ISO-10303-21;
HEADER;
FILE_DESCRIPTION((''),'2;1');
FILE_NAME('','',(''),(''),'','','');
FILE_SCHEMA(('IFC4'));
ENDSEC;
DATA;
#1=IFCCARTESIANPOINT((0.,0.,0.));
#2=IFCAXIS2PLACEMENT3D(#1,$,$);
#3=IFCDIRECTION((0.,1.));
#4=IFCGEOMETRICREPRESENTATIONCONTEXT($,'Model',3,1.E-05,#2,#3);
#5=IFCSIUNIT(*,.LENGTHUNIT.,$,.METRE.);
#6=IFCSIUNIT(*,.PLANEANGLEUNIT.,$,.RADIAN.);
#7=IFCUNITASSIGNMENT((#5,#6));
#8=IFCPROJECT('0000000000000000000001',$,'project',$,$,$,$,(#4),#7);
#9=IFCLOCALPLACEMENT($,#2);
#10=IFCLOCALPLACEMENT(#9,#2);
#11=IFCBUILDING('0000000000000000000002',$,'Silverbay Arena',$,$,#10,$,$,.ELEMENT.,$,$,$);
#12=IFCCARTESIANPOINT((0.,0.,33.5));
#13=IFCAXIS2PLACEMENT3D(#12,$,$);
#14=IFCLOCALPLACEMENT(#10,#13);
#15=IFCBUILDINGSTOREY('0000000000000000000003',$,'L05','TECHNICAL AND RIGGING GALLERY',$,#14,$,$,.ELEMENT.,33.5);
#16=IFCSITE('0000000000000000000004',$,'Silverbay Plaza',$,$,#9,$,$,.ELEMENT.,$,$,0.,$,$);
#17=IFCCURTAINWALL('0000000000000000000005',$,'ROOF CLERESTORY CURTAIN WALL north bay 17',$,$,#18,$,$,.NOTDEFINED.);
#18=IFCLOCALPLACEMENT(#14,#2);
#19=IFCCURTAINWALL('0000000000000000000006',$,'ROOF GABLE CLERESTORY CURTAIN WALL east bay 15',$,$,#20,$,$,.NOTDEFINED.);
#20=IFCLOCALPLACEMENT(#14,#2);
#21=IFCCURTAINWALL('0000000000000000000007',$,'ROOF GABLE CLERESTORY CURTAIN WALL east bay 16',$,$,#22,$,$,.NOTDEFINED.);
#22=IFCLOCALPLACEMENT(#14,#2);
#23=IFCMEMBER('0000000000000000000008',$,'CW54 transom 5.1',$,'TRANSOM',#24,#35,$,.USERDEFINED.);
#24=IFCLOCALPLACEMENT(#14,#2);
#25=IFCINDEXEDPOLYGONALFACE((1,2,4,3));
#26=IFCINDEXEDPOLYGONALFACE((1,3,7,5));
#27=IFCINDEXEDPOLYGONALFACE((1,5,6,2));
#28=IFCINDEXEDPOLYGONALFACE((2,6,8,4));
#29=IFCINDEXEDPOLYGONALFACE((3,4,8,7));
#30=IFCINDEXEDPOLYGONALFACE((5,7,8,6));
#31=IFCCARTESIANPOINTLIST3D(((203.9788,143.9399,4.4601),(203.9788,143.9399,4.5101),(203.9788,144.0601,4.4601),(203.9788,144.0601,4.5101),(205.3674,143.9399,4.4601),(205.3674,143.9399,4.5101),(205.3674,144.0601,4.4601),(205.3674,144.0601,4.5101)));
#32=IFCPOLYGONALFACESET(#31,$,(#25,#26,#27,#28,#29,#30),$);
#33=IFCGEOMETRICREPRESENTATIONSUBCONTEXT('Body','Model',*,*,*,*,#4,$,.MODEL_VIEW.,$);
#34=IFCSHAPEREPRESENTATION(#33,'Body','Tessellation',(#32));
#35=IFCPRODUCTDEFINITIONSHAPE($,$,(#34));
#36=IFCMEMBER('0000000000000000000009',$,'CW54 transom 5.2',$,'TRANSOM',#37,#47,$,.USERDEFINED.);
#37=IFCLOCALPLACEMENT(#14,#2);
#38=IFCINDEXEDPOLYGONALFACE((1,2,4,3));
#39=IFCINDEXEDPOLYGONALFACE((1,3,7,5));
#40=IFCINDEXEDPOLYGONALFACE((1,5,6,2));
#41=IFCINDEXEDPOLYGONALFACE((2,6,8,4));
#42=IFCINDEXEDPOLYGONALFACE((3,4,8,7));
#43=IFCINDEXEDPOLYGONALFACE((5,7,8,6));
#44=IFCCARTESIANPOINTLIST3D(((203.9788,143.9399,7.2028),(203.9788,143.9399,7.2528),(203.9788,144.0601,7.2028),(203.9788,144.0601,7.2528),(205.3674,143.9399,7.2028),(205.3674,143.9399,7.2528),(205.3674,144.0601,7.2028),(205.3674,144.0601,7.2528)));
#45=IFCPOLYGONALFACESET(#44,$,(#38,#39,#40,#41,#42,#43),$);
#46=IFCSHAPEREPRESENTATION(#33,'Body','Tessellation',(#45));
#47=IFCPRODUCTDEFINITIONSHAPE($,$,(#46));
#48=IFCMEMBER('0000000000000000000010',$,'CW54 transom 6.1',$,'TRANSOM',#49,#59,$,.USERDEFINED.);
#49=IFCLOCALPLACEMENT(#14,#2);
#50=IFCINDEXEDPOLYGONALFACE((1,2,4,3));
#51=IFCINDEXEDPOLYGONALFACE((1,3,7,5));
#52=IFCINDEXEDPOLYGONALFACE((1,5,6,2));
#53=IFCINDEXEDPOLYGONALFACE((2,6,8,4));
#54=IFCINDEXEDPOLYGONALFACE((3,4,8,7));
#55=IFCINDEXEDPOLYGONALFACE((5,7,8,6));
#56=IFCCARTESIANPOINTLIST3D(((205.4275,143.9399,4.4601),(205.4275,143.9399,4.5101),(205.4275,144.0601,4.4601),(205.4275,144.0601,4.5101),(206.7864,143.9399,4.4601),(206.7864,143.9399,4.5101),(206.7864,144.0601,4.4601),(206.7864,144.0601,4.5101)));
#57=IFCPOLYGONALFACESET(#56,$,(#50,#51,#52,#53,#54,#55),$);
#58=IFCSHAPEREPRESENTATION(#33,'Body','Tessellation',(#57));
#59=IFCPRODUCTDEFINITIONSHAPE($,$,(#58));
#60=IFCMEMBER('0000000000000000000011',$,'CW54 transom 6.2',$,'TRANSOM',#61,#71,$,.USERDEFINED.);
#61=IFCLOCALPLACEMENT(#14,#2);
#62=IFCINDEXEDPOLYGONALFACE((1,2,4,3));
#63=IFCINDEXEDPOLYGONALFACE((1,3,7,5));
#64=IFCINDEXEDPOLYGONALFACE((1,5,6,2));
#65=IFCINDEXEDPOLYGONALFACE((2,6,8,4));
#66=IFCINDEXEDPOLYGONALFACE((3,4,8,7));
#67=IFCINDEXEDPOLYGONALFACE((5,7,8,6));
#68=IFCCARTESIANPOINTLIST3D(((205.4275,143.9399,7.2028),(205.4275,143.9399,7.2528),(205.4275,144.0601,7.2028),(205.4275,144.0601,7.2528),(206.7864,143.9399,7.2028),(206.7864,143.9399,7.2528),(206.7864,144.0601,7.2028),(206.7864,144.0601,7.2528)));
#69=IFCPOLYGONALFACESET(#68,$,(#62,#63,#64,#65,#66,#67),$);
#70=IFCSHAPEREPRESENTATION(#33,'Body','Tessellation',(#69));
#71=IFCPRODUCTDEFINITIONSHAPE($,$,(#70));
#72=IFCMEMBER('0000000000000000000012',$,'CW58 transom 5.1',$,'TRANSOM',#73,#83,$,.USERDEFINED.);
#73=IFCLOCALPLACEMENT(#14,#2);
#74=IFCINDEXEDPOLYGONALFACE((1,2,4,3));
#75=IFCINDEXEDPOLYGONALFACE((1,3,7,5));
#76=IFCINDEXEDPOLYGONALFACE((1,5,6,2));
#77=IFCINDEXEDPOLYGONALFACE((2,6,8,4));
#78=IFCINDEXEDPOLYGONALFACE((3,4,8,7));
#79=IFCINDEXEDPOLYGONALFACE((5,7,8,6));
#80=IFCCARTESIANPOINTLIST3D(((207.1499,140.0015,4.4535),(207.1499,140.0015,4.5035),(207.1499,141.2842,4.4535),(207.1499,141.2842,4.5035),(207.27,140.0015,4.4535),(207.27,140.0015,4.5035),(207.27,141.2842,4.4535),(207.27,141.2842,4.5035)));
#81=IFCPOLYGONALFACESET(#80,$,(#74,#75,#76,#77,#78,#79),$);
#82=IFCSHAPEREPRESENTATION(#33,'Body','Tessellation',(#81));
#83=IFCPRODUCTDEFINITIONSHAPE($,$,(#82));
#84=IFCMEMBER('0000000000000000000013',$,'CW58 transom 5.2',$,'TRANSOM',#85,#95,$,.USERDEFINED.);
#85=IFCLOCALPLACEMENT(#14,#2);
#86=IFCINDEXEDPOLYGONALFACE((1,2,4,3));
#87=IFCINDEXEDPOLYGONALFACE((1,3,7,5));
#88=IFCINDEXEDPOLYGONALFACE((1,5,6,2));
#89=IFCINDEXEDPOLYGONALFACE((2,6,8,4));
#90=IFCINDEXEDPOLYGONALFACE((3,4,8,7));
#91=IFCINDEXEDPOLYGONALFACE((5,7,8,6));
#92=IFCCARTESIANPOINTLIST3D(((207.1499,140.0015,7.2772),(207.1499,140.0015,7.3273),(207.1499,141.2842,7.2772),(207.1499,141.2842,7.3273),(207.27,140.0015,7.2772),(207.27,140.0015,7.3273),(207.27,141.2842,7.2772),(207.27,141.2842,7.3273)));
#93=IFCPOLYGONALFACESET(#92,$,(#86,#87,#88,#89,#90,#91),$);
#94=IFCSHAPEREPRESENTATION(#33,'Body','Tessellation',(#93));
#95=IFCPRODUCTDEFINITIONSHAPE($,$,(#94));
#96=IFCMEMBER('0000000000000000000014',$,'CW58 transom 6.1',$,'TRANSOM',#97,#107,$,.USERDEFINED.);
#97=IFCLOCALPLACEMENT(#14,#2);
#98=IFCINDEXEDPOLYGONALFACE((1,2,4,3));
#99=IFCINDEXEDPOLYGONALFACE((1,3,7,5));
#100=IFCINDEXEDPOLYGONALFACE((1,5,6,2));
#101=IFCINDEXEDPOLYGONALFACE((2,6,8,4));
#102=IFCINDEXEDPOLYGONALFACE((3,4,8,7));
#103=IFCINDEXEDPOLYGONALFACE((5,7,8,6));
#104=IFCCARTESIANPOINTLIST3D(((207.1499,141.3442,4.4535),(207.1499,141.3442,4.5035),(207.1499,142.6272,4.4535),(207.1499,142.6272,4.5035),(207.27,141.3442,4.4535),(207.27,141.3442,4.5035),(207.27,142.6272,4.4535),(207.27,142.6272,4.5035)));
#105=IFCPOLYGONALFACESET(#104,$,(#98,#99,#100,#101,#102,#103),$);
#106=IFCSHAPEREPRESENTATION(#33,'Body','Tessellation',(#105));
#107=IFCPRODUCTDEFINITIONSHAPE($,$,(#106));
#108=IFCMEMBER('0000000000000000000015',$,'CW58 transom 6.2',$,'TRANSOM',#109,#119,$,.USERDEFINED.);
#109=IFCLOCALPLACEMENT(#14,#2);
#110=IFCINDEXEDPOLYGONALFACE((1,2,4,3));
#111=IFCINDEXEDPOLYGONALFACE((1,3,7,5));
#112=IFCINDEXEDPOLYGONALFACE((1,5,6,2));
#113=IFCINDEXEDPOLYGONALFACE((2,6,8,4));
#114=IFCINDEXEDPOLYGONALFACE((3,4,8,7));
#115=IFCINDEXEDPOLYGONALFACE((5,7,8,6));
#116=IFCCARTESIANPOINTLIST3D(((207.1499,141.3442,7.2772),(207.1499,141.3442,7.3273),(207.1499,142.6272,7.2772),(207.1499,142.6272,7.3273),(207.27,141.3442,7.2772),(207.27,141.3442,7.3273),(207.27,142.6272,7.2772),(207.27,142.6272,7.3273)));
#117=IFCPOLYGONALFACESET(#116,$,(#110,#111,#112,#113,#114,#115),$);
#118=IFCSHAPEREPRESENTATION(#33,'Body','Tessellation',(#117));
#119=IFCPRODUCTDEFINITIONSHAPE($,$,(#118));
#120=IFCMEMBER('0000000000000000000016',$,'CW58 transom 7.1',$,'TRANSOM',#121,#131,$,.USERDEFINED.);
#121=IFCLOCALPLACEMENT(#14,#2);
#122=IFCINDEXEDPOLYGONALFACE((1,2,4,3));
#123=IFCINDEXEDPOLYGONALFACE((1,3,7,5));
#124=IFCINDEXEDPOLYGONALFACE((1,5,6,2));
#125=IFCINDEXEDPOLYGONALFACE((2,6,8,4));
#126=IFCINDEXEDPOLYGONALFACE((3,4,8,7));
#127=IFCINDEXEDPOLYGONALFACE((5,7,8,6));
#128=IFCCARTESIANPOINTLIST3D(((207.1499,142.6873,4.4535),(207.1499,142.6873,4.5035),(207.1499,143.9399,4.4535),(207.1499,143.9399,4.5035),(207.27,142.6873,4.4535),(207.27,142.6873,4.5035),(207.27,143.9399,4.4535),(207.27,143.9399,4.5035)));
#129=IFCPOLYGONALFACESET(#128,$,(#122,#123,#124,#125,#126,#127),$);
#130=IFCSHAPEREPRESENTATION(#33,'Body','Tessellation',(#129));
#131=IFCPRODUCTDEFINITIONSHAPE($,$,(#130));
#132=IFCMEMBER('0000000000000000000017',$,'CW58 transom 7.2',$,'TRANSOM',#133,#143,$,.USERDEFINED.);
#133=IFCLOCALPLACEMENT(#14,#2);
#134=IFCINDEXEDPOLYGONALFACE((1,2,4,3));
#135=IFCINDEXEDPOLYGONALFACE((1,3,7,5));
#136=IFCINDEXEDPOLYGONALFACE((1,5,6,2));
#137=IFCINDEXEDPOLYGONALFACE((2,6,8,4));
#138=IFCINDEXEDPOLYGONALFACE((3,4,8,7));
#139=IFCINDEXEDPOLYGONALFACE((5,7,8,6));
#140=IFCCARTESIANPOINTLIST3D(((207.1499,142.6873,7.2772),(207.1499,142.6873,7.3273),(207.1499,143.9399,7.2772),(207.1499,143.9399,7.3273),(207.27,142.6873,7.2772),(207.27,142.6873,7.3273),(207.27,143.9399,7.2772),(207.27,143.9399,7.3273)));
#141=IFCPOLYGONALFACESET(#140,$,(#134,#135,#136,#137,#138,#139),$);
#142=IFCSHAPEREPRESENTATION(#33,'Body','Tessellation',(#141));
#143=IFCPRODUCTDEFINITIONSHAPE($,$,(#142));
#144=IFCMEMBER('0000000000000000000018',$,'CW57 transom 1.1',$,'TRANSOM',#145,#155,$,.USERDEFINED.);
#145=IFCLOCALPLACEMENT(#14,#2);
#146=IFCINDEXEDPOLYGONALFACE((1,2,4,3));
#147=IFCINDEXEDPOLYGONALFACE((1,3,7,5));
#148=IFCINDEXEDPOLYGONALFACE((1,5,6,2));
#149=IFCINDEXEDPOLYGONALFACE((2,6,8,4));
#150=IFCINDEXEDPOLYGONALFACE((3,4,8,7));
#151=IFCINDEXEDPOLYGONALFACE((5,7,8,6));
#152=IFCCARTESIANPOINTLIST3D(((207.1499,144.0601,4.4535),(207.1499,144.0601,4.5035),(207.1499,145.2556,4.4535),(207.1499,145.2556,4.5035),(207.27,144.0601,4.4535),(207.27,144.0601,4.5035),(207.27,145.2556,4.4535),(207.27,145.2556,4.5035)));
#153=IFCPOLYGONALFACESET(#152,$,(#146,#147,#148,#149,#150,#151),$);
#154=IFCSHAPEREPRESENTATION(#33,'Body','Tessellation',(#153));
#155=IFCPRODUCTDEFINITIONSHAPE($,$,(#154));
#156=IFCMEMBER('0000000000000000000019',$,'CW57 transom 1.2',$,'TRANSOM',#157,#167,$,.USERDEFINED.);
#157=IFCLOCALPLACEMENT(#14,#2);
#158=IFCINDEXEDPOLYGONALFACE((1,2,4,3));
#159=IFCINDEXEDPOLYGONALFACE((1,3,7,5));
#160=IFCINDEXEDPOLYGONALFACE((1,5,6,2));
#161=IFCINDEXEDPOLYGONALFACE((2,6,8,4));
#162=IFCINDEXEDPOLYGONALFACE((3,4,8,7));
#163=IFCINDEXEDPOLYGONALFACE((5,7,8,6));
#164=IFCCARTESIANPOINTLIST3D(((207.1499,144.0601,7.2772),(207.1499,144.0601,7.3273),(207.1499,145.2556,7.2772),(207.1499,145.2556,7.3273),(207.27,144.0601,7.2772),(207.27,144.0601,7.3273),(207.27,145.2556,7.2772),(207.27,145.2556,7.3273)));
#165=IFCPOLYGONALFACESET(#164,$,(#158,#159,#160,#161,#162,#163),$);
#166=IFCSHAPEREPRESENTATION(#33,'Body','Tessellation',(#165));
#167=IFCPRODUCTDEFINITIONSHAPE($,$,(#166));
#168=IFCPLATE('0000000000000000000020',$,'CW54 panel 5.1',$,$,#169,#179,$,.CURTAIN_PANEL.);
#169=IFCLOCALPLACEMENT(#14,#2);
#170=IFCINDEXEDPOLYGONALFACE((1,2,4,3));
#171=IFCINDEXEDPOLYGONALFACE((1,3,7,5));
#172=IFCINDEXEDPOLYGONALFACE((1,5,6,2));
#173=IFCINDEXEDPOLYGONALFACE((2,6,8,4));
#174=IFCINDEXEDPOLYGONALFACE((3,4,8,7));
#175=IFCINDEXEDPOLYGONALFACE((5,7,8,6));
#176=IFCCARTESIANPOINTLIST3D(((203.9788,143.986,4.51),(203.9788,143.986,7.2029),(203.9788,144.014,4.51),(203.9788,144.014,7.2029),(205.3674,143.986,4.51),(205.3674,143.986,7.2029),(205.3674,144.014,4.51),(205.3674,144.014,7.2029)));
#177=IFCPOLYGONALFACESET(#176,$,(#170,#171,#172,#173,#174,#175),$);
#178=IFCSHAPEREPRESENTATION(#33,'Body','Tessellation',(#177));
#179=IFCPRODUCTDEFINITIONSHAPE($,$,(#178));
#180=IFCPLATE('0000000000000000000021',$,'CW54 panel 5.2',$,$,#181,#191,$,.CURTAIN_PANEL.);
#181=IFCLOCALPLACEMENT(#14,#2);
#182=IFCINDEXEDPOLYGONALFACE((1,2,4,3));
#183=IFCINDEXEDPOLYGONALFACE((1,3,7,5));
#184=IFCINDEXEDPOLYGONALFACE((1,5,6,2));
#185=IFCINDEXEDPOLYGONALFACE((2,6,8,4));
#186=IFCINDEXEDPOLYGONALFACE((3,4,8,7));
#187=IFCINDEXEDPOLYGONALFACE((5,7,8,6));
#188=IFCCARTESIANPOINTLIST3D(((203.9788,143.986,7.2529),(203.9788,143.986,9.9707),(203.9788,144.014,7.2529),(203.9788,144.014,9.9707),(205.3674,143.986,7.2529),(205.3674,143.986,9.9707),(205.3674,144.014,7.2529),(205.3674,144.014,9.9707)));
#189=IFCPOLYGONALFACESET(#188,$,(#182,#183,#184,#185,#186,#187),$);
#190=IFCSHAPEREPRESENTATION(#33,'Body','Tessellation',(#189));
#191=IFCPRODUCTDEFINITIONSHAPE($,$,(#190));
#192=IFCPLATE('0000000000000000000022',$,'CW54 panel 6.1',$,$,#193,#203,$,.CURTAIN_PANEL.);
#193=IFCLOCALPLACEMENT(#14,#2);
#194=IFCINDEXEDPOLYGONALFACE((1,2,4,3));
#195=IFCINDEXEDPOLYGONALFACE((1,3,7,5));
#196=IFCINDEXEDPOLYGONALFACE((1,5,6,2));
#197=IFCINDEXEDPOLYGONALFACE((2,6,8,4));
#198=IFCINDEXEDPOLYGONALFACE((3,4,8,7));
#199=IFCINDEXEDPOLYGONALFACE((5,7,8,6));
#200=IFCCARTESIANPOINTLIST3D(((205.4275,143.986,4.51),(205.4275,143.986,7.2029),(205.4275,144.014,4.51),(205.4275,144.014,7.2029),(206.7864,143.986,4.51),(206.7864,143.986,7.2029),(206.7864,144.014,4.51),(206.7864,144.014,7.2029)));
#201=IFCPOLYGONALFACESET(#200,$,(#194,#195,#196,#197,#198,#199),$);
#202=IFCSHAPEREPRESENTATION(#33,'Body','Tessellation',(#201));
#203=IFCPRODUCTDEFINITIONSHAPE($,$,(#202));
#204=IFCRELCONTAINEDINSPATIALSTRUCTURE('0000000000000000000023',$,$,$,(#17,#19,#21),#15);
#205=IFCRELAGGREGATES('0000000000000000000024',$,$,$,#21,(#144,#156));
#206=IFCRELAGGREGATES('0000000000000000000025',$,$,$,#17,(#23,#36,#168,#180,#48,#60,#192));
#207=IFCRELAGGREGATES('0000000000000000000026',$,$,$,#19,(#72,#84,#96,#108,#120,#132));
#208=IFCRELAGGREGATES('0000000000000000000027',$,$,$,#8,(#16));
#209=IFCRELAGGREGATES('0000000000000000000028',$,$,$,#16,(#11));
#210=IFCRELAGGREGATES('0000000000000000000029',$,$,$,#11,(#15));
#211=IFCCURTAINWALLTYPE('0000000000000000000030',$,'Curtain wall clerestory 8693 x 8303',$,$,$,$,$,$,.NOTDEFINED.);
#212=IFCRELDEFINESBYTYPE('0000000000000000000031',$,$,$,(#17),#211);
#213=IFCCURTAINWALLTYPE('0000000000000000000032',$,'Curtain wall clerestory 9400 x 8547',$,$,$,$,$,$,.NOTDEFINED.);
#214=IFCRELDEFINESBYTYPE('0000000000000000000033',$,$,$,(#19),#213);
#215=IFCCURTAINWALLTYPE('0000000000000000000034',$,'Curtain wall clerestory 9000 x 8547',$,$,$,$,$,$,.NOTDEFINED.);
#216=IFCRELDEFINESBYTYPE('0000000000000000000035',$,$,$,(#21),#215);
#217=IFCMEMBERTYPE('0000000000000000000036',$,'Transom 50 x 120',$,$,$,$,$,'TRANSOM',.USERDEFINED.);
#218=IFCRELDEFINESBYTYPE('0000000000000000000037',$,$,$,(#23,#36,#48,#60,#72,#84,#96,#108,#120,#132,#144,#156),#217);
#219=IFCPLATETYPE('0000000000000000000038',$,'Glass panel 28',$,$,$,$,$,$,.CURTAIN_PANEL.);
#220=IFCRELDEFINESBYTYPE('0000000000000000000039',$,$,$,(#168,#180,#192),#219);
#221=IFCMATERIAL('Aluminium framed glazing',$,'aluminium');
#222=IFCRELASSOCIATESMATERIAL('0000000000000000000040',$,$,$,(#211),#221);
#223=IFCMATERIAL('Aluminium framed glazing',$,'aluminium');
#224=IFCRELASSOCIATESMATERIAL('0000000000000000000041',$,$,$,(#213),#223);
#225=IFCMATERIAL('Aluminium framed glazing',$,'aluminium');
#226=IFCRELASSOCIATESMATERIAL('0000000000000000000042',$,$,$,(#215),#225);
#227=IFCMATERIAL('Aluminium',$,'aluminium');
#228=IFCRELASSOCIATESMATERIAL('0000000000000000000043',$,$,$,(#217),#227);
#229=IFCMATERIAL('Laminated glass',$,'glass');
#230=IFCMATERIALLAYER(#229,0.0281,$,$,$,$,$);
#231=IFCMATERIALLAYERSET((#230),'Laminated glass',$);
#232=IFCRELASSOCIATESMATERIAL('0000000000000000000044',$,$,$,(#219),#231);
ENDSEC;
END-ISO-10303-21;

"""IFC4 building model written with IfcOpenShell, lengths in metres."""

from ifc_helpers import new_model, si_unit, direction, frame, origin, origin_2d, place, context, subcontext, project, spatial, rectangle, extrude, material, layer, layer_set, material_profile, profile_set, type_object, element, aggregate, save


model = new_model("IFC4")

# Units and contexts
model_context = context("Model", 3, precision=1e-05, world=origin(), true_north=direction((0.0, 1.0)))
body_context = subcontext(model_context, "Body", "Model", "MODEL_VIEW")
ifc_project = project(units=[si_unit("LENGTHUNIT", "METRE"), si_unit("PLANEANGLEUNIT", "RADIAN")], contexts=[model_context])

# Site, building, storey
site_placement = place(None, origin())
site = spatial("IfcSite", under=ifc_project, at=site_placement, Name="Silverbay Plaza", CompositionType="ELEMENT", RefElevation=0.0)
building_placement = place(site_placement, origin())
building = spatial("IfcBuilding", under=site, at=building_placement, Name="Silverbay Arena", CompositionType="ELEMENT")
storey_placement = place(building_placement, frame((0.0, 0.0, 33.5)))
storey = spatial("IfcBuildingStorey", under=building, at=storey_placement, Name="L05", Description="TECHNICAL AND RIGGING GALLERY", CompositionType="ELEMENT", Elevation=33.5)

# Curtain walls
ifc_material_1 = material(Name="Aluminium framed glazing", Category="aluminium")
curtain_wall_type_1 = type_object("IfcCurtainWallType", Name="Curtain wall clerestory 8693 x 8303", PredefinedType="NOTDEFINED", material=ifc_material_1)
curtain_wall_1_placement = place(storey_placement, origin())
curtain_wall_1 = element("IfcCurtainWall", 1, at=curtain_wall_1_placement, inside=storey, type_object=curtain_wall_type_1, Name="ROOF CLERESTORY CURTAIN WALL north bay 17", PredefinedType="NOTDEFINED")
ifc_material_2 = material(Name="Aluminium framed glazing", Category="aluminium")
curtain_wall_type_2 = type_object("IfcCurtainWallType", Name="Curtain wall clerestory 9400 x 8547", PredefinedType="NOTDEFINED", material=ifc_material_2)
curtain_wall_2_placement = place(storey_placement, origin())
curtain_wall_2 = element("IfcCurtainWall", 2, at=curtain_wall_2_placement, inside=storey, type_object=curtain_wall_type_2, Name="ROOF GABLE CLERESTORY CURTAIN WALL east bay 15", PredefinedType="NOTDEFINED")

# Curtain wall
ifc_material_3 = material(Name="Aluminium framed glazing", Category="aluminium")
curtain_wall_type_3 = type_object("IfcCurtainWallType", Name="Curtain wall clerestory 9000 x 8547", PredefinedType="NOTDEFINED", material=ifc_material_3)
curtain_wall_3_placement = place(storey_placement, origin())
curtain_wall_3 = element("IfcCurtainWall", 3, at=curtain_wall_3_placement, inside=storey, type_object=curtain_wall_type_3, Name="ROOF GABLE CLERESTORY CURTAIN WALL east bay 16", PredefinedType="NOTDEFINED")

# Members
ifc_material_4 = material(Name="Aluminium", Category="aluminium")
ifc_material_profile_1 = material_profile(ifc_material_4, rectangle(XDim=0.1201, YDim=0.05, at=origin_2d()), Name="Transom 50 x 120")
ifc_profile_set_1 = profile_set([ifc_material_profile_1], Name="Aluminium")
member_type_1 = type_object("IfcMemberType", Name="Transom 50 x 120", ElementType="TRANSOM", PredefinedType="USERDEFINED", material=ifc_profile_set_1)
member_1_placement = place(storey_placement, frame((203.9788, 144.0, 4.4851), z_axis=(1.0, 0.0, 0.0), x_axis=(0.0, 1.0, 0.0)))
member_1 = element("IfcMember", 4, at=member_1_placement, type_object=member_type_1, Name="CW54 transom 5.1", ObjectType="TRANSOM", PredefinedType="USERDEFINED", context=body_context, shape_type="SweptSolid", body=[
    extrude(rectangle(XDim=0.1201, YDim=0.05, at=origin_2d()), origin(), (0.0, 0.0, 1.0), 1.3887),
])
member_2_placement = place(storey_placement, frame((203.9788, 144.0, 7.2278), z_axis=(1.0, 0.0, 0.0), x_axis=(0.0, 1.0, 0.0)))
member_2 = element("IfcMember", 5, at=member_2_placement, type_object=member_type_1, Name="CW54 transom 5.2", ObjectType="TRANSOM", PredefinedType="USERDEFINED", context=body_context, shape_type="SweptSolid", body=[
    extrude(rectangle(XDim=0.1201, YDim=0.05, at=origin_2d()), origin(), (0.0, 0.0, 1.0), 1.3887),
])
member_3_placement = place(storey_placement, frame((205.4275, 144.0, 4.4851), z_axis=(1.0, 0.0, 0.0), x_axis=(0.0, 1.0, 0.0)))
member_3 = element("IfcMember", 6, at=member_3_placement, type_object=member_type_1, Name="CW54 transom 6.1", ObjectType="TRANSOM", PredefinedType="USERDEFINED", context=body_context, shape_type="SweptSolid", body=[
    extrude(rectangle(XDim=0.1201, YDim=0.05, at=origin_2d()), origin(), (0.0, 0.0, 1.0), 1.3589),
])
member_4_placement = place(storey_placement, frame((205.4275, 144.0, 7.2278), z_axis=(1.0, 0.0, 0.0), x_axis=(0.0, 1.0, 0.0)))
member_4 = element("IfcMember", 7, at=member_4_placement, type_object=member_type_1, Name="CW54 transom 6.2", ObjectType="TRANSOM", PredefinedType="USERDEFINED", context=body_context, shape_type="SweptSolid", body=[
    extrude(rectangle(XDim=0.1201, YDim=0.05, at=origin_2d()), origin(), (0.0, 0.0, 1.0), 1.3589),
])
member_5_placement = place(storey_placement, frame((207.21, 140.0015, 4.4785), z_axis=(0.0, 1.0, 0.0), x_axis=(-1.0, 0.0, 0.0)))
member_5 = element("IfcMember", 8, at=member_5_placement, type_object=member_type_1, Name="CW58 transom 5.1", ObjectType="TRANSOM", PredefinedType="USERDEFINED", context=body_context, shape_type="SweptSolid", body=[
    extrude(rectangle(XDim=0.1201, YDim=0.05, at=origin_2d()), origin(), (0.0, 0.0, 1.0), 1.2827),
])
member_6_placement = place(storey_placement, frame((207.21, 140.0015, 7.3022), z_axis=(0.0, 1.0, 0.0), x_axis=(-1.0, 0.0, 0.0)))
member_6 = element("IfcMember", 9, at=member_6_placement, type_object=member_type_1, Name="CW58 transom 5.2", ObjectType="TRANSOM", PredefinedType="USERDEFINED", context=body_context, shape_type="SweptSolid", body=[
    extrude(rectangle(XDim=0.1201, YDim=0.05, at=origin_2d()), origin(), (0.0, 0.0, 1.0), 1.2827),
])
member_7_placement = place(storey_placement, frame((207.21, 141.3442, 4.4785), z_axis=(0.0, 1.0, 0.0), x_axis=(-1.0, 0.0, 0.0)))
member_7 = element("IfcMember", 10, at=member_7_placement, type_object=member_type_1, Name="CW58 transom 6.1", ObjectType="TRANSOM", PredefinedType="USERDEFINED", context=body_context, shape_type="SweptSolid", body=[
    extrude(rectangle(XDim=0.1201, YDim=0.05, at=origin_2d()), origin(), (0.0, 0.0, 1.0), 1.283),
])
member_8_placement = place(storey_placement, frame((207.21, 141.3442, 7.3022), z_axis=(0.0, 1.0, 0.0), x_axis=(-1.0, 0.0, 0.0)))
member_8 = element("IfcMember", 11, at=member_8_placement, type_object=member_type_1, Name="CW58 transom 6.2", ObjectType="TRANSOM", PredefinedType="USERDEFINED", context=body_context, shape_type="SweptSolid", body=[
    extrude(rectangle(XDim=0.1201, YDim=0.05, at=origin_2d()), origin(), (0.0, 0.0, 1.0), 1.283),
])
member_9_placement = place(storey_placement, frame((207.21, 142.6873, 4.4785), z_axis=(0.0, 1.0, 0.0), x_axis=(-1.0, 0.0, 0.0)))
member_9 = element("IfcMember", 12, at=member_9_placement, type_object=member_type_1, Name="CW58 transom 7.1", ObjectType="TRANSOM", PredefinedType="USERDEFINED", context=body_context, shape_type="SweptSolid", body=[
    extrude(rectangle(XDim=0.1201, YDim=0.05, at=origin_2d()), origin(), (0.0, 0.0, 1.0), 1.2527),
])
member_10_placement = place(storey_placement, frame((207.21, 142.6873, 7.3022), z_axis=(0.0, 1.0, 0.0), x_axis=(-1.0, 0.0, 0.0)))
member_10 = element("IfcMember", 13, at=member_10_placement, type_object=member_type_1, Name="CW58 transom 7.2", ObjectType="TRANSOM", PredefinedType="USERDEFINED", context=body_context, shape_type="SweptSolid", body=[
    extrude(rectangle(XDim=0.1201, YDim=0.05, at=origin_2d()), origin(), (0.0, 0.0, 1.0), 1.2527),
])
member_11_placement = place(storey_placement, frame((207.21, 144.0601, 4.4785), z_axis=(0.0, 1.0, 0.0), x_axis=(-1.0, 0.0, 0.0)))
member_11 = element("IfcMember", 14, at=member_11_placement, type_object=member_type_1, Name="CW57 transom 1.1", ObjectType="TRANSOM", PredefinedType="USERDEFINED", context=body_context, shape_type="SweptSolid", body=[
    extrude(rectangle(XDim=0.1201, YDim=0.05, at=origin_2d()), origin(), (0.0, 0.0, 1.0), 1.1956),
])
member_12_placement = place(storey_placement, frame((207.21, 144.0601, 7.3022), z_axis=(0.0, 1.0, 0.0), x_axis=(-1.0, 0.0, 0.0)))
member_12 = element("IfcMember", 15, at=member_12_placement, type_object=member_type_1, Name="CW57 transom 1.2", ObjectType="TRANSOM", PredefinedType="USERDEFINED", context=body_context, shape_type="SweptSolid", body=[
    extrude(rectangle(XDim=0.1201, YDim=0.05, at=origin_2d()), origin(), (0.0, 0.0, 1.0), 1.1956),
])
aggregate(curtain_wall_3, [member_11, member_12])

# Plates
ifc_material_5 = material(Name="Laminated glass", Category="glass")
ifc_layer = layer(ifc_material_5, 0.0281)
ifc_layer_set = layer_set([ifc_layer], Name="Laminated glass")
plate_type = type_object("IfcPlateType", Name="Glass panel 28", PredefinedType="CURTAIN_PANEL", material=ifc_layer_set)
plate_1_placement = place(storey_placement, frame((204.6731, 144.0, 4.51), z_axis=(0.0, 0.0, 1.0), x_axis=(1.0, 0.0, 0.0)))
plate_1 = element("IfcPlate", 16, at=plate_1_placement, type_object=plate_type, Name="CW54 panel 5.1", PredefinedType="CURTAIN_PANEL", context=body_context, shape_type="SweptSolid", body=[
    extrude(rectangle(XDim=1.3887, YDim=0.0281, at=origin_2d()), origin(), (0.0, 0.0, 1.0), 2.6929),
])
plate_2_placement = place(storey_placement, frame((204.6731, 144.0, 7.2529), z_axis=(0.0, 0.0, 1.0), x_axis=(1.0, 0.0, 0.0)))
plate_2 = element("IfcPlate", 17, at=plate_2_placement, type_object=plate_type, Name="CW54 panel 5.2", PredefinedType="CURTAIN_PANEL", context=body_context, shape_type="SweptSolid", body=[
    extrude(rectangle(XDim=1.3887, YDim=0.0281, at=origin_2d()), origin(), (0.0, 0.0, 1.0), 2.7178),
])
plate_3_placement = place(storey_placement, frame((206.1069, 144.0, 4.51), z_axis=(0.0, 0.0, 1.0), x_axis=(1.0, 0.0, 0.0)))
plate_3 = element("IfcPlate", 18, at=plate_3_placement, type_object=plate_type, Name="CW54 panel 6.1", PredefinedType="CURTAIN_PANEL", context=body_context, shape_type="SweptSolid", body=[
    extrude(rectangle(XDim=1.3589, YDim=0.0281, at=origin_2d()), origin(), (0.0, 0.0, 1.0), 2.6929),
])
aggregate(curtain_wall_1, [member_1, member_2, plate_1, plate_2, member_3, member_4, plate_3])
aggregate(curtain_wall_2, [member_5, member_6, member_7, member_8, member_9, member_10])

save(model, "model.ifc")
